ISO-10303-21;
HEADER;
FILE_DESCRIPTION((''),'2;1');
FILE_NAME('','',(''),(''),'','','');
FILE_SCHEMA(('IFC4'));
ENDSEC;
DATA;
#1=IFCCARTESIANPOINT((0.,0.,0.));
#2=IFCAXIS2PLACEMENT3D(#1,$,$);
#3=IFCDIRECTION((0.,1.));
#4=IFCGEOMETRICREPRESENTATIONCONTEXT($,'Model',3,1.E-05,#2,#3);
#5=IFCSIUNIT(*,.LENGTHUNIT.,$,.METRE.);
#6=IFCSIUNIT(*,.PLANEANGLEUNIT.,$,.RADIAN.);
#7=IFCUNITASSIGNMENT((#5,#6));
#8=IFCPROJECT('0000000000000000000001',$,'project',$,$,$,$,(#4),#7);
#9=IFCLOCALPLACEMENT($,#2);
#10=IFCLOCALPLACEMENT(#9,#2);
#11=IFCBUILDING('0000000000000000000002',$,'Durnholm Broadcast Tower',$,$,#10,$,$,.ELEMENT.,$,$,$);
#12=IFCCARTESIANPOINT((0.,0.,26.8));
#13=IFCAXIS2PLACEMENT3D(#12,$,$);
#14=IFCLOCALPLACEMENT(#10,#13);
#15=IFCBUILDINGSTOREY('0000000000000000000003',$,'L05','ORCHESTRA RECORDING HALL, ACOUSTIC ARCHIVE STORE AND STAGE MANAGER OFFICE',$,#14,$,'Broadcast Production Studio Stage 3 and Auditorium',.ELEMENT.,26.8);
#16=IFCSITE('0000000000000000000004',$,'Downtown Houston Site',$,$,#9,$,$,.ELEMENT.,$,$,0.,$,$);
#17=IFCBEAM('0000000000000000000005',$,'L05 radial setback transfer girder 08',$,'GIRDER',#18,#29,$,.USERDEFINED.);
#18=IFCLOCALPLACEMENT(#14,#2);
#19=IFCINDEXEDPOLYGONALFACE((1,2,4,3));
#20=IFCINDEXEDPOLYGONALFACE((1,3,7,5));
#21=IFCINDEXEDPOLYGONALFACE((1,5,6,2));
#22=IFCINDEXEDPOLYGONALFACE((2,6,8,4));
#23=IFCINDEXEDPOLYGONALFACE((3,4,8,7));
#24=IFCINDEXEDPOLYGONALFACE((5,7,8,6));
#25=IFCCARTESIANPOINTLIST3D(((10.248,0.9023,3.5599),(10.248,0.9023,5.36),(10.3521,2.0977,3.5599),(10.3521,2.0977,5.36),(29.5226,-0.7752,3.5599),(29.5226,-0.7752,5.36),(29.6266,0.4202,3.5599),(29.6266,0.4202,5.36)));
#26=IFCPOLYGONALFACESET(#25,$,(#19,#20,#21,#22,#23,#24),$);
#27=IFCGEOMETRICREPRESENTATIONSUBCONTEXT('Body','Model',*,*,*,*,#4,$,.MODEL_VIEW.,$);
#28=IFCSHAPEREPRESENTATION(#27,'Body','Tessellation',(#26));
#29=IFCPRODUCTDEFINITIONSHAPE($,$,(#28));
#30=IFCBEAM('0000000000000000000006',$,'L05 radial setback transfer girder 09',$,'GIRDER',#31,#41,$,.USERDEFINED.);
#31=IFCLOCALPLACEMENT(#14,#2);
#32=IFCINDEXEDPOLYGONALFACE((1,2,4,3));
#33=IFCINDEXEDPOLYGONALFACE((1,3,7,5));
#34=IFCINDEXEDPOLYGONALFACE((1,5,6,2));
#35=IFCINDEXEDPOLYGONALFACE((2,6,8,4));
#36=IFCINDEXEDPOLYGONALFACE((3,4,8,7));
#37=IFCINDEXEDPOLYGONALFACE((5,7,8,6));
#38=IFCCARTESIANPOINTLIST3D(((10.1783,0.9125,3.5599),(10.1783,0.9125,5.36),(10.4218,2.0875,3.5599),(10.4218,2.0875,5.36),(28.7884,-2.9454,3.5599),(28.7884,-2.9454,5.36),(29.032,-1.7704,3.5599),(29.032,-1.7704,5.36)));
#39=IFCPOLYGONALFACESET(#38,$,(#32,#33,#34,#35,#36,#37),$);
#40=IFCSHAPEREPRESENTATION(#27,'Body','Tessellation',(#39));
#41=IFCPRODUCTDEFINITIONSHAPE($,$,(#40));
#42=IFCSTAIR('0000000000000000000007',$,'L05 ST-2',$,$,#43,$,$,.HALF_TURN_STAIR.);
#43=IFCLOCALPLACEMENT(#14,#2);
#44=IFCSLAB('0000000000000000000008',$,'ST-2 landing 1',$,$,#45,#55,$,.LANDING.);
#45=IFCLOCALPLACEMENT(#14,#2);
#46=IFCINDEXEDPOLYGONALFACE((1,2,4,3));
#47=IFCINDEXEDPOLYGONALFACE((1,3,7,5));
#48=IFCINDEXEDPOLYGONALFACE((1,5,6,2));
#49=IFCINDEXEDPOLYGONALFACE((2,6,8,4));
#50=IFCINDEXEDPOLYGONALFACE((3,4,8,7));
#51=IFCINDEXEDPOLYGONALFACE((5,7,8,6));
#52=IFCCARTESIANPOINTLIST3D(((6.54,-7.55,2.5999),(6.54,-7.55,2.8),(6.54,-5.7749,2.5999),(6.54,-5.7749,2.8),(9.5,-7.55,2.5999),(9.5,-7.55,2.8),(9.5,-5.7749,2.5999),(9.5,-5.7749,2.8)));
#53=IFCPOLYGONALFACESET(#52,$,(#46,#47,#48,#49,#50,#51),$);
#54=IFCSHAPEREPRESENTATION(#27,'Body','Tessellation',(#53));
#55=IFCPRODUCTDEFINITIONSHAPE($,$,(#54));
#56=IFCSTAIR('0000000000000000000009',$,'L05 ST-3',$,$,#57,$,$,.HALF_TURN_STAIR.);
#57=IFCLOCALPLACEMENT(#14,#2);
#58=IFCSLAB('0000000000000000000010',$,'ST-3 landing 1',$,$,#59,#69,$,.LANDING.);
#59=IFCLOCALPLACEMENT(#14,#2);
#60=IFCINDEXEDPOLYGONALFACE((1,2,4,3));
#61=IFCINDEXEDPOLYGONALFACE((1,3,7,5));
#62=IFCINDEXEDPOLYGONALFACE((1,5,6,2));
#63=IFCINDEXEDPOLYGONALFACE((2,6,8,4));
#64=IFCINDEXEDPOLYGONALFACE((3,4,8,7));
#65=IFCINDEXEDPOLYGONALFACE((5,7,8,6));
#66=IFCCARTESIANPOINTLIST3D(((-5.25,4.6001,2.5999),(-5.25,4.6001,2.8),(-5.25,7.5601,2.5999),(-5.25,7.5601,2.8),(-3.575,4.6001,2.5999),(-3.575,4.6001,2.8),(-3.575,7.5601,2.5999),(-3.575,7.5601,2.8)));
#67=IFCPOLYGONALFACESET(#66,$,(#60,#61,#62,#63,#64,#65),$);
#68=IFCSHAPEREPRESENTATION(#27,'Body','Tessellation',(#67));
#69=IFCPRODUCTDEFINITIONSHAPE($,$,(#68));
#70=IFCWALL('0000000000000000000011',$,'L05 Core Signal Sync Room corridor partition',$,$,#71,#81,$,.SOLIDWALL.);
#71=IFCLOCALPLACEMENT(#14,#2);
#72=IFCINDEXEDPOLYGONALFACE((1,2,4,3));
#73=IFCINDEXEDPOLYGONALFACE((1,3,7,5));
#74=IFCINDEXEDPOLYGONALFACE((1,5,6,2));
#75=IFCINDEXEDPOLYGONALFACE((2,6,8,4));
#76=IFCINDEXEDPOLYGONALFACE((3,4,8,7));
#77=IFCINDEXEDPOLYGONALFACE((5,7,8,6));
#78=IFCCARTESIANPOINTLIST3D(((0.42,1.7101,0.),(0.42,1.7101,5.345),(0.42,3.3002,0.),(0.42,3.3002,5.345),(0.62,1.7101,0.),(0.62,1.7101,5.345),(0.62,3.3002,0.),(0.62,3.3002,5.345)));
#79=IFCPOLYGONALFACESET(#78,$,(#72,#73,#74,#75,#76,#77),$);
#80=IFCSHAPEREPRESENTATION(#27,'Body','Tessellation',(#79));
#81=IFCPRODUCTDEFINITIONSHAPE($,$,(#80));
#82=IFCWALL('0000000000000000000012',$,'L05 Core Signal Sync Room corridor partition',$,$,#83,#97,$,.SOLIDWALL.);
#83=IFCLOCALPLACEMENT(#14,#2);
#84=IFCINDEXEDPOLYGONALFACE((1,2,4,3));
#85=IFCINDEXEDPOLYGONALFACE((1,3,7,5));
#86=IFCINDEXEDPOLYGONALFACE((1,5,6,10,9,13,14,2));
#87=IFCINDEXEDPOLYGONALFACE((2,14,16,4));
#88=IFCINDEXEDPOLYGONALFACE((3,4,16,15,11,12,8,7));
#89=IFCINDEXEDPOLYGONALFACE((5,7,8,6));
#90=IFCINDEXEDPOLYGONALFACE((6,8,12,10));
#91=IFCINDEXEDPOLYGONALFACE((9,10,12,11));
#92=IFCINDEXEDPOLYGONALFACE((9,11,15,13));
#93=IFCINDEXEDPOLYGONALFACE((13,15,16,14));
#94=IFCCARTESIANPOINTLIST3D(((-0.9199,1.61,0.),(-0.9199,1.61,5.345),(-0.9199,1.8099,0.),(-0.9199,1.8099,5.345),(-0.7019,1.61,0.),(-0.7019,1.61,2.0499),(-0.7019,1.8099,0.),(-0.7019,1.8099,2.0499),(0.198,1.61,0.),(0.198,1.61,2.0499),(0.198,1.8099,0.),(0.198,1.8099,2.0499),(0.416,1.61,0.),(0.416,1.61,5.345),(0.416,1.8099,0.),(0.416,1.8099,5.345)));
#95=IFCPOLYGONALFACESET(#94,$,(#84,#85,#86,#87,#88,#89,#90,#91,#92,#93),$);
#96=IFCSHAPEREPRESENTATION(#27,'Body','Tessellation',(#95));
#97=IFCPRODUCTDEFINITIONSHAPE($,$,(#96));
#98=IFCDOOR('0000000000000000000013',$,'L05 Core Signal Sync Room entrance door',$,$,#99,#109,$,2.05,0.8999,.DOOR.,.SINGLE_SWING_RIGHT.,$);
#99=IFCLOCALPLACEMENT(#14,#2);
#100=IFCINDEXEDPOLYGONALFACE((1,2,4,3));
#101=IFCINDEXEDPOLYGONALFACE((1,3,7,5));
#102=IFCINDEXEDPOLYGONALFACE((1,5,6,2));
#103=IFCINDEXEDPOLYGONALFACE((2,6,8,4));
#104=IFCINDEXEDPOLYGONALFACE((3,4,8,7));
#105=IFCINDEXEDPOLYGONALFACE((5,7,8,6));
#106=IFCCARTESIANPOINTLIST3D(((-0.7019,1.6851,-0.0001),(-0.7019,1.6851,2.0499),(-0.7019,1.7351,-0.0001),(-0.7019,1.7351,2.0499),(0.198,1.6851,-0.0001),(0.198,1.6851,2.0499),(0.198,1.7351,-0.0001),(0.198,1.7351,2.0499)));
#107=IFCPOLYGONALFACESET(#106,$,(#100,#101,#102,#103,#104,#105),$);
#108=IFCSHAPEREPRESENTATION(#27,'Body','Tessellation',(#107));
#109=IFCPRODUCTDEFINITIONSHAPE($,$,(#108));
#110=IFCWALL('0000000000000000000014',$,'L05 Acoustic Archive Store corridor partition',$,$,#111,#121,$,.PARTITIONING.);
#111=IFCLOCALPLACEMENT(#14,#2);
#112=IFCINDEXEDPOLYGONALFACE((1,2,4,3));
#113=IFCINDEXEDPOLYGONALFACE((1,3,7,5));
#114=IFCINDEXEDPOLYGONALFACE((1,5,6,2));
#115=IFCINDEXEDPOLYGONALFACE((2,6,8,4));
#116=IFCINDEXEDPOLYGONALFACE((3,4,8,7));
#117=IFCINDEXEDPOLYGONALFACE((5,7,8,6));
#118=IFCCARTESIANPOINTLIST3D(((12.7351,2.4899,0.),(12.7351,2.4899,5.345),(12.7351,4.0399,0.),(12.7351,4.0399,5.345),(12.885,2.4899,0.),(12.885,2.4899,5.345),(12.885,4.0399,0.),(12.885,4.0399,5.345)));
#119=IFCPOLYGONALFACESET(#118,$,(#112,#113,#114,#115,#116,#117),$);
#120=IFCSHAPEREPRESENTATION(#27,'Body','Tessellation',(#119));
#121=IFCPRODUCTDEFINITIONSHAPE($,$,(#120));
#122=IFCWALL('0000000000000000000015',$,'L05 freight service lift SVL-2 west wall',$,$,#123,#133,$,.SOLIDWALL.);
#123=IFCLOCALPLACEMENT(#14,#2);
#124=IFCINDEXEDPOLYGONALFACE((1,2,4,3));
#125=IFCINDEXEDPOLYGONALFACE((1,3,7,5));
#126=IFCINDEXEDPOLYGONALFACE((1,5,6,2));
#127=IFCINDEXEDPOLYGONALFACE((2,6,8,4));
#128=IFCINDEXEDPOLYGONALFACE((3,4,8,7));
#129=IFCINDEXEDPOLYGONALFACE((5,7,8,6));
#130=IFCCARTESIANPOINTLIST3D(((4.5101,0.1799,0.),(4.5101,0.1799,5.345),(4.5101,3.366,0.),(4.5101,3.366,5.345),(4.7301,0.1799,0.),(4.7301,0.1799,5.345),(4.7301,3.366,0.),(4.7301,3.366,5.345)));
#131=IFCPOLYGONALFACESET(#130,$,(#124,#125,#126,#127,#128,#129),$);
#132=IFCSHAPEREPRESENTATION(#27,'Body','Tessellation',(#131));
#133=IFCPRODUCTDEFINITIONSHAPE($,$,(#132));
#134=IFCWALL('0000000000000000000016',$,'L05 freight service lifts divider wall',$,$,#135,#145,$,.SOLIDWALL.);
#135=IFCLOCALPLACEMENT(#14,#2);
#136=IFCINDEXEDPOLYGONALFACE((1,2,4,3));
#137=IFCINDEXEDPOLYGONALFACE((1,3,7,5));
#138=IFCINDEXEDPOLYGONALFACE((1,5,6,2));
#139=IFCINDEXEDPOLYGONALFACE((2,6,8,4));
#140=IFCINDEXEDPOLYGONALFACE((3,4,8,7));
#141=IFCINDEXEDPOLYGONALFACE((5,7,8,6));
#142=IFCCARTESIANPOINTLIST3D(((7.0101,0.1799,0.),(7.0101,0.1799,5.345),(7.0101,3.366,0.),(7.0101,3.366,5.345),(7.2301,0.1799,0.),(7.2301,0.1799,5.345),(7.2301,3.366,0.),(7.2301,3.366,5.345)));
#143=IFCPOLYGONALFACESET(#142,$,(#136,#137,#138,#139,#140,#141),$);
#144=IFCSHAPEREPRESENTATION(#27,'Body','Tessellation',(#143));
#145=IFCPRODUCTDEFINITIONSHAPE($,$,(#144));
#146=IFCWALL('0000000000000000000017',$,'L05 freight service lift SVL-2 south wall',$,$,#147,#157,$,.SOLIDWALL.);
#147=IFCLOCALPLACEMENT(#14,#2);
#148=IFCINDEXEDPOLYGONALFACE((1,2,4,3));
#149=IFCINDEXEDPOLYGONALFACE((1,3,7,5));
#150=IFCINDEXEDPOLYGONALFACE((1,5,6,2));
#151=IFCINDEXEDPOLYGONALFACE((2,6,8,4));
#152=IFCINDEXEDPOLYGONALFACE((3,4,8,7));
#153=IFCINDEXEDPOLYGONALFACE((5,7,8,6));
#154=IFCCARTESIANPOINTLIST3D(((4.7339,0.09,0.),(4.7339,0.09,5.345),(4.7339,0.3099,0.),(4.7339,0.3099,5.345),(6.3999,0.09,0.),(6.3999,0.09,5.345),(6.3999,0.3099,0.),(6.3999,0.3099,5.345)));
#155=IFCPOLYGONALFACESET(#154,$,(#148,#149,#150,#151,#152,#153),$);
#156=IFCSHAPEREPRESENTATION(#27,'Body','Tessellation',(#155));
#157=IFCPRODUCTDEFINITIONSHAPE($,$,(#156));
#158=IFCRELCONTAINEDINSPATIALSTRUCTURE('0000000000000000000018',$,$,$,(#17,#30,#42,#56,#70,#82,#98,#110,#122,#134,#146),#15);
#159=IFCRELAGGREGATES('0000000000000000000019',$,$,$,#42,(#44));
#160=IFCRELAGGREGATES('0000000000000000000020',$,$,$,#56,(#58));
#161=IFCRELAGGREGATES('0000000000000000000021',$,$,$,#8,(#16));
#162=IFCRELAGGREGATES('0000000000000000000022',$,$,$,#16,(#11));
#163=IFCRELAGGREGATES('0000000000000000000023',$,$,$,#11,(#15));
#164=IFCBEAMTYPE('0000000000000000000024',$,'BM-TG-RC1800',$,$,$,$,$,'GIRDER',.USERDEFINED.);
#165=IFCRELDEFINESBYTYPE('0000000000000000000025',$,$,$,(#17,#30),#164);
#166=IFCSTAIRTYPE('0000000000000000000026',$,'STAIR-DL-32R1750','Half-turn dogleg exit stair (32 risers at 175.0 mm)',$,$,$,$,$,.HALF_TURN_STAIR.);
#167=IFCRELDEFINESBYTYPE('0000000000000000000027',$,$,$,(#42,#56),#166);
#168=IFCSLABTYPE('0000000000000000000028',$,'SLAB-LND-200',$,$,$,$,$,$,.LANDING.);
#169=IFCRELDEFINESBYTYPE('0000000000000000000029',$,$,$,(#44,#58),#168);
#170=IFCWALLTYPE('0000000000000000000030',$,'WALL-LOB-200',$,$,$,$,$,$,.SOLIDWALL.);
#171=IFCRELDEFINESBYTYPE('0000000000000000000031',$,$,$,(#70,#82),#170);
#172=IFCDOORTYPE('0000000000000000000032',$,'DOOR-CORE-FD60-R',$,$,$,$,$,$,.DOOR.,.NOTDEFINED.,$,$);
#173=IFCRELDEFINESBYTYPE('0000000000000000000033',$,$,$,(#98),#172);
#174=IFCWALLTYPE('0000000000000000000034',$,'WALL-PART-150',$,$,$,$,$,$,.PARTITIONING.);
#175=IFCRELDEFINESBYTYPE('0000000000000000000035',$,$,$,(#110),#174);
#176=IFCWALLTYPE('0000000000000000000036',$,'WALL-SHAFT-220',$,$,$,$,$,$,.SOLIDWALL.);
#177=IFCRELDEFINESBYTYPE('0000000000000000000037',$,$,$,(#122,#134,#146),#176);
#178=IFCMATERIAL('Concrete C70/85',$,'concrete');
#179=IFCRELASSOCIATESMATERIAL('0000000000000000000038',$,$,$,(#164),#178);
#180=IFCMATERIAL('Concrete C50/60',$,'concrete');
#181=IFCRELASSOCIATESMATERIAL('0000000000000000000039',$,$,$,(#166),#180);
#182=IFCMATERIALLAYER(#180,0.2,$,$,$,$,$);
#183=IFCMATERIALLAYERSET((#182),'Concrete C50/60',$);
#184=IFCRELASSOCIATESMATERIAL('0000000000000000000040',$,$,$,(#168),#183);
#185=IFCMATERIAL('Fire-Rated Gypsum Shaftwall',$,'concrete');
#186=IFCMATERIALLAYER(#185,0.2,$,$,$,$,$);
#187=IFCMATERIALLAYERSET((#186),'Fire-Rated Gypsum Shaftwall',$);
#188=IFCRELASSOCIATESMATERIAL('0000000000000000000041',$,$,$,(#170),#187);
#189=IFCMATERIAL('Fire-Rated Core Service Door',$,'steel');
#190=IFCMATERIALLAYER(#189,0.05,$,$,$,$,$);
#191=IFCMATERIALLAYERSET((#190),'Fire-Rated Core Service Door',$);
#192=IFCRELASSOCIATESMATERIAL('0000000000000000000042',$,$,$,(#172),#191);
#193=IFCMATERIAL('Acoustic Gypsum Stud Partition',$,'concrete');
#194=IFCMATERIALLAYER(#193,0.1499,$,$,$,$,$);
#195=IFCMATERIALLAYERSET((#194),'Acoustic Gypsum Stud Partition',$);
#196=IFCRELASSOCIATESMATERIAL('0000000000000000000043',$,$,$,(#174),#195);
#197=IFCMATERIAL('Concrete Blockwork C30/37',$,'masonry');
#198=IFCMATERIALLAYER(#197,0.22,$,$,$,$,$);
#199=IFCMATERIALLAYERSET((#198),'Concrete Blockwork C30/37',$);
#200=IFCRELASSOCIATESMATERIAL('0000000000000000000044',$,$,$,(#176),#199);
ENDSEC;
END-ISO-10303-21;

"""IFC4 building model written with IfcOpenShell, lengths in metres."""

from ifc_helpers import new_model, si_unit, direction, frame, frame_2d, origin, origin_2d, place, context, subcontext, project, spatial, polyline, rectangle, outline, extrude, source, transform, mapped, material, layer, layer_set, material_profile, profile_set, type_object, type_shapes, element, fill, aggregate, save


model = new_model("IFC4")

# Units and contexts
model_context = context("Model", 3, precision=1e-05, world=origin(), true_north=direction((0.0, 1.0)))
body_context = subcontext(model_context, "Body", "Model", "MODEL_VIEW")
ifc_project = project(units=[si_unit("LENGTHUNIT", "METRE"), si_unit("PLANEANGLEUNIT", "RADIAN")], contexts=[model_context])

# Site, building, storey
site_placement = place(None, origin())
site = spatial("IfcSite", under=ifc_project, at=site_placement, Name="Downtown Houston Site", CompositionType="ELEMENT", RefElevation=0.0)
building_placement = place(site_placement, origin())
building = spatial("IfcBuilding", under=site, at=building_placement, Name="Durnholm Broadcast Tower", CompositionType="ELEMENT")
storey_placement = place(building_placement, frame((0.0, 0.0, 26.8)))
storey = spatial("IfcBuildingStorey", under=building, at=storey_placement, Name="L05", Description="ORCHESTRA RECORDING HALL, ACOUSTIC ARCHIVE STORE AND STAGE MANAGER OFFICE", LongName="Broadcast Production Studio Stage 3 and Auditorium", CompositionType="ELEMENT", Elevation=26.8)

# Beams
ifc_material_1 = material(Name="Concrete C70/85", Category="concrete")
ifc_material_profile = material_profile(ifc_material_1, rectangle(XDim=1.2, YDim=1.8, at=origin_2d()), Name="RC1200X1800")
ifc_profile_set = profile_set([ifc_material_profile], Name="Concrete C70/85")
beam_type = type_object("IfcBeamType", Name="BM-TG-RC1800", ElementType="GIRDER", PredefinedType="USERDEFINED", material=ifc_profile_set)
shared_shape_1 = source(origin(), body_context, "Body", "SweptSolid", [
    extrude(rectangle(XDim=1.2, YDim=1.8, at=origin_2d()), origin(), (0.0, 0.0, 1.0), 19.3474),
])
beam_1_placement = place(storey_placement, frame((10.3, 1.5, 4.46), z_axis=(0.996234, -0.086703, 0.0), x_axis=(0.086703, 0.996234, 0.0)))
element("IfcBeam", 1, at=beam_1_placement, inside=storey, type_object=beam_type, Name="L05 radial setback transfer girder 08", ObjectType="GIRDER", PredefinedType="USERDEFINED", context=body_context, shape_type="MappedRepresentation", body=[
    mapped(shared_shape_1, transform((0.0, 0.0, 0.0), x_axis=(1.0, 0.0, 0.0), y_axis=(0.0, 1.0, 0.0), z_axis=(0.0, 0.0, 1.0), scale=1.0)),
])
shared_shape_2 = source(origin(), body_context, "Body", "SweptSolid", [
    extrude(rectangle(XDim=1.2, YDim=1.8, at=origin_2d()), origin(), (0.0, 0.0, 1.0), 19.0059),
])
type_shapes(beam_type, [shared_shape_1, shared_shape_2])
beam_2_placement = place(storey_placement, frame((10.3, 1.5, 4.46), z_axis=(0.979182, -0.202986, 0.0), x_axis=(0.202986, 0.979182, 0.0)))
element("IfcBeam", 2, at=beam_2_placement, inside=storey, type_object=beam_type, Name="L05 radial setback transfer girder 09", ObjectType="GIRDER", PredefinedType="USERDEFINED", context=body_context, shape_type="MappedRepresentation", body=[
    mapped(shared_shape_2, transform((0.0, 0.0, 0.0), x_axis=(1.0, 0.0, 0.0), y_axis=(0.0, 1.0, 0.0), z_axis=(0.0, 0.0, 1.0), scale=1.0)),
])

# Stairs, slabs
ifc_material_2 = material(Name="Concrete C50/60", Category="concrete")
stair_type = type_object("IfcStairType", Name="STAIR-DL-32R1750", Description="Half-turn dogleg exit stair (32 risers at 175.0 mm)", PredefinedType="HALF_TURN_STAIR", material=ifc_material_2)
stair_1_placement = place(storey_placement, origin())
stair_1 = element("IfcStair", 3, at=stair_1_placement, inside=storey, type_object=stair_type, Name="L05 ST-2", PredefinedType="HALF_TURN_STAIR")
ifc_layer_1 = layer(ifc_material_2, 0.2)
ifc_layer_set_1 = layer_set([ifc_layer_1], Name="Concrete C50/60")
slab_type = type_object("IfcSlabType", Name="SLAB-LND-200", PredefinedType="LANDING", material=ifc_layer_set_1)
slab_1_placement = place(storey_placement, frame((0.0, 0.0, 2.5999)))
slab_1 = element("IfcSlab", 4, at=slab_1_placement, type_object=slab_type, Name="ST-2 landing 1", PredefinedType="LANDING", context=body_context, shape_type="SweptSolid", body=[
    extrude(outline(polyline([(6.54, -5.7749), (6.54, -7.55), (9.5, -7.55), (9.5, -5.7749), (6.54, -5.7749)])), origin(), (0.0, 0.0, 1.0), 0.2002),
])
aggregate(stair_1, [slab_1])
stair_2_placement = place(storey_placement, origin())
stair_2 = element("IfcStair", 5, at=stair_2_placement, inside=storey, type_object=stair_type, Name="L05 ST-3", PredefinedType="HALF_TURN_STAIR")
slab_2_placement = place(storey_placement, frame((0.0, 0.0, 2.5999)))
slab_2 = element("IfcSlab", 6, at=slab_2_placement, type_object=slab_type, Name="ST-3 landing 1", PredefinedType="LANDING", context=body_context, shape_type="SweptSolid", body=[
    extrude(outline(polyline([(-3.575, 7.5601), (-5.25, 7.5601), (-5.25, 4.6001), (-3.575, 4.6001), (-3.575, 7.5601)])), origin(), (0.0, 0.0, 1.0), 0.2002),
])
aggregate(stair_2, [slab_2])

# Wall
ifc_material_3 = material(Name="Fire-Rated Gypsum Shaftwall", Category="concrete")
ifc_layer_2 = layer(ifc_material_3, 0.2)
ifc_layer_set_2 = layer_set([ifc_layer_2], Name="Fire-Rated Gypsum Shaftwall")
wall_type_1 = type_object("IfcWallType", Name="WALL-LOB-200", PredefinedType="SOLIDWALL", material=ifc_layer_set_2)
wall_1_placement = place(storey_placement, frame((0.52, 3.3, 0.0), z_axis=(0.0, 0.0, 1.0), x_axis=(0.0, -1.0, 0.0)))
element("IfcWall", 7, at=wall_1_placement, inside=storey, type_object=wall_type_1, Name="L05 Core Signal Sync Room corridor partition", PredefinedType="SOLIDWALL", context=body_context, shape_type="SweptSolid", body=[
    extrude(rectangle(XDim=1.5901, YDim=0.2, at=frame_2d((0.7949, 0.0))), origin(), (0.0, 0.0, 1.0), 5.345),
])

# Wall, opening, door
wall_2_placement = place(storey_placement, frame((0.416, 1.71, 0.0), z_axis=(0.0, 0.0, 1.0), x_axis=(-1.0, 0.0, 0.0)))
wall_2 = element("IfcWall", 8, at=wall_2_placement, inside=storey, type_object=wall_type_1, Name="L05 Core Signal Sync Room corridor partition", PredefinedType="SOLIDWALL", context=body_context, shape_type="SweptSolid", body=[
    extrude(rectangle(XDim=1.3359, YDim=0.2, at=frame_2d((0.668, 0.0))), origin(), (0.0, 0.0, 1.0), 5.345),
])
opening_1_placement = place(wall_2_placement, frame((0.218, 0.0, 0.0)))
opening_1 = element("IfcOpeningElement", 9, at=opening_1_placement, cuts=wall_2, PredefinedType="OPENING", context=body_context, shape_type="SweptSolid", body=[
    extrude(rectangle(XDim=0.8999, YDim=2.05, at=frame_2d((0.45, 1.0249))), frame((0.0, 0.1099, 0.0), z_axis=(0.0, -1.0, 0.0), x_axis=(1.0, 0.0, 0.0)), (0.0, 0.0, 1.0), 0.22),
])
ifc_material_4 = material(Name="Fire-Rated Core Service Door", Category="steel")
ifc_layer_3 = layer(ifc_material_4, 0.05)
ifc_layer_set_3 = layer_set([ifc_layer_3], Name="Fire-Rated Core Service Door")
door_type_1 = type_object("IfcDoorType", Name="DOOR-CORE-FD60-R", OperationType="NOTDEFINED", PredefinedType="DOOR", material=ifc_layer_set_3)
shared_shape_3 = source(origin(), body_context, "Body", "SweptSolid", [
    extrude(rectangle(XDim=0.8999, YDim=2.05, at=frame_2d((0.45, 1.0249))), frame((0.0, 0.0249, 0.0), z_axis=(0.0, -1.0, 0.0), x_axis=(1.0, 0.0, 0.0)), (0.0, 0.0, 1.0), 0.05),
])
type_shapes(door_type_1, [shared_shape_3])
door_1_placement = place(opening_1_placement, origin())
door_1 = element("IfcDoor", 10, at=door_1_placement, inside=storey, type_object=door_type_1, Name="L05 Core Signal Sync Room entrance door", OperationType="SINGLE_SWING_RIGHT", OverallHeight=2.05, OverallWidth=0.8999, PredefinedType="DOOR", context=body_context, shape_type="MappedRepresentation", body=[
    mapped(shared_shape_3, transform((0.0, 0.0, 0.0), x_axis=(1.0, 0.0, 0.0), y_axis=(0.0, 1.0, 0.0), z_axis=(0.0, 0.0, 1.0), scale=1.0)),
])
fill(opening_1, door_1)

# Wall
ifc_material_5 = material(Name="Acoustic Gypsum Stud Partition", Category="concrete")
ifc_layer_4 = layer(ifc_material_5, 0.1499)
ifc_layer_set_4 = layer_set([ifc_layer_4], Name="Acoustic Gypsum Stud Partition")
wall_type_2 = type_object("IfcWallType", Name="WALL-PART-150", PredefinedType="PARTITIONING", material=ifc_layer_set_4)
wall_3_placement = place(storey_placement, frame((12.8101, 2.49, 0.0), z_axis=(0.0, 0.0, 1.0), x_axis=(0.0, 1.0, 0.0)))
element("IfcWall", 11, at=wall_3_placement, inside=storey, type_object=wall_type_2, Name="L05 Acoustic Archive Store corridor partition", PredefinedType="PARTITIONING", context=body_context, shape_type="SweptSolid", body=[
    extrude(rectangle(XDim=1.55, YDim=0.1499, at=frame_2d((0.7749, 0.0))), origin(), (0.0, 0.0, 1.0), 5.345),
])

# Shared definitions
ifc_material_6 = material(Name="Concrete Blockwork C30/37", Category="masonry")
ifc_layer_5 = layer(ifc_material_6, 0.22)
ifc_layer_set_5 = layer_set([ifc_layer_5], Name="Concrete Blockwork C30/37")
wall_type_3 = type_object("IfcWallType", Name="WALL-SHAFT-220", PredefinedType="SOLIDWALL", material=ifc_layer_set_5)

# Walls
for number, where, z_axis, x_axis, name in (
    (12, (4.6201, 0.1799, 0.0), (0.0, 0.0, 1.0), (0.0, 1.0, 0.0), "L05 freight service lift SVL-2 west wall"),
    (13, (7.1201, 0.1799, 0.0), (0.0, 0.0, 1.0), (0.0, 1.0, 0.0), "L05 freight service lifts divider wall"),
):
    element("IfcWall", number, at=place(storey_placement, frame(where, z_axis=z_axis, x_axis=x_axis)), inside=storey, type_object=wall_type_3, Name=name, PredefinedType="SOLIDWALL", context=body_context, shape_type="SweptSolid", body=[
        extrude(rectangle(XDim=3.186, YDim=0.22, at=frame_2d((1.593, 0.0))), origin(), (0.0, 0.0, 1.0), 5.345),
    ])
wall_4_placement = place(storey_placement, frame((4.7339, 0.2, 0.0), z_axis=(0.0, 0.0, 1.0), x_axis=(1.0, 0.0, 0.0)))
element("IfcWall", 14, at=wall_4_placement, inside=storey, type_object=wall_type_3, Name="L05 freight service lift SVL-2 south wall", PredefinedType="SOLIDWALL", context=body_context, shape_type="SweptSolid", body=[
    extrude(rectangle(XDim=1.666, YDim=0.22, at=frame_2d((0.833, 0.0))), origin(), (0.0, 0.0, 1.0), 5.345),
])

save(model, "model.ifc")
